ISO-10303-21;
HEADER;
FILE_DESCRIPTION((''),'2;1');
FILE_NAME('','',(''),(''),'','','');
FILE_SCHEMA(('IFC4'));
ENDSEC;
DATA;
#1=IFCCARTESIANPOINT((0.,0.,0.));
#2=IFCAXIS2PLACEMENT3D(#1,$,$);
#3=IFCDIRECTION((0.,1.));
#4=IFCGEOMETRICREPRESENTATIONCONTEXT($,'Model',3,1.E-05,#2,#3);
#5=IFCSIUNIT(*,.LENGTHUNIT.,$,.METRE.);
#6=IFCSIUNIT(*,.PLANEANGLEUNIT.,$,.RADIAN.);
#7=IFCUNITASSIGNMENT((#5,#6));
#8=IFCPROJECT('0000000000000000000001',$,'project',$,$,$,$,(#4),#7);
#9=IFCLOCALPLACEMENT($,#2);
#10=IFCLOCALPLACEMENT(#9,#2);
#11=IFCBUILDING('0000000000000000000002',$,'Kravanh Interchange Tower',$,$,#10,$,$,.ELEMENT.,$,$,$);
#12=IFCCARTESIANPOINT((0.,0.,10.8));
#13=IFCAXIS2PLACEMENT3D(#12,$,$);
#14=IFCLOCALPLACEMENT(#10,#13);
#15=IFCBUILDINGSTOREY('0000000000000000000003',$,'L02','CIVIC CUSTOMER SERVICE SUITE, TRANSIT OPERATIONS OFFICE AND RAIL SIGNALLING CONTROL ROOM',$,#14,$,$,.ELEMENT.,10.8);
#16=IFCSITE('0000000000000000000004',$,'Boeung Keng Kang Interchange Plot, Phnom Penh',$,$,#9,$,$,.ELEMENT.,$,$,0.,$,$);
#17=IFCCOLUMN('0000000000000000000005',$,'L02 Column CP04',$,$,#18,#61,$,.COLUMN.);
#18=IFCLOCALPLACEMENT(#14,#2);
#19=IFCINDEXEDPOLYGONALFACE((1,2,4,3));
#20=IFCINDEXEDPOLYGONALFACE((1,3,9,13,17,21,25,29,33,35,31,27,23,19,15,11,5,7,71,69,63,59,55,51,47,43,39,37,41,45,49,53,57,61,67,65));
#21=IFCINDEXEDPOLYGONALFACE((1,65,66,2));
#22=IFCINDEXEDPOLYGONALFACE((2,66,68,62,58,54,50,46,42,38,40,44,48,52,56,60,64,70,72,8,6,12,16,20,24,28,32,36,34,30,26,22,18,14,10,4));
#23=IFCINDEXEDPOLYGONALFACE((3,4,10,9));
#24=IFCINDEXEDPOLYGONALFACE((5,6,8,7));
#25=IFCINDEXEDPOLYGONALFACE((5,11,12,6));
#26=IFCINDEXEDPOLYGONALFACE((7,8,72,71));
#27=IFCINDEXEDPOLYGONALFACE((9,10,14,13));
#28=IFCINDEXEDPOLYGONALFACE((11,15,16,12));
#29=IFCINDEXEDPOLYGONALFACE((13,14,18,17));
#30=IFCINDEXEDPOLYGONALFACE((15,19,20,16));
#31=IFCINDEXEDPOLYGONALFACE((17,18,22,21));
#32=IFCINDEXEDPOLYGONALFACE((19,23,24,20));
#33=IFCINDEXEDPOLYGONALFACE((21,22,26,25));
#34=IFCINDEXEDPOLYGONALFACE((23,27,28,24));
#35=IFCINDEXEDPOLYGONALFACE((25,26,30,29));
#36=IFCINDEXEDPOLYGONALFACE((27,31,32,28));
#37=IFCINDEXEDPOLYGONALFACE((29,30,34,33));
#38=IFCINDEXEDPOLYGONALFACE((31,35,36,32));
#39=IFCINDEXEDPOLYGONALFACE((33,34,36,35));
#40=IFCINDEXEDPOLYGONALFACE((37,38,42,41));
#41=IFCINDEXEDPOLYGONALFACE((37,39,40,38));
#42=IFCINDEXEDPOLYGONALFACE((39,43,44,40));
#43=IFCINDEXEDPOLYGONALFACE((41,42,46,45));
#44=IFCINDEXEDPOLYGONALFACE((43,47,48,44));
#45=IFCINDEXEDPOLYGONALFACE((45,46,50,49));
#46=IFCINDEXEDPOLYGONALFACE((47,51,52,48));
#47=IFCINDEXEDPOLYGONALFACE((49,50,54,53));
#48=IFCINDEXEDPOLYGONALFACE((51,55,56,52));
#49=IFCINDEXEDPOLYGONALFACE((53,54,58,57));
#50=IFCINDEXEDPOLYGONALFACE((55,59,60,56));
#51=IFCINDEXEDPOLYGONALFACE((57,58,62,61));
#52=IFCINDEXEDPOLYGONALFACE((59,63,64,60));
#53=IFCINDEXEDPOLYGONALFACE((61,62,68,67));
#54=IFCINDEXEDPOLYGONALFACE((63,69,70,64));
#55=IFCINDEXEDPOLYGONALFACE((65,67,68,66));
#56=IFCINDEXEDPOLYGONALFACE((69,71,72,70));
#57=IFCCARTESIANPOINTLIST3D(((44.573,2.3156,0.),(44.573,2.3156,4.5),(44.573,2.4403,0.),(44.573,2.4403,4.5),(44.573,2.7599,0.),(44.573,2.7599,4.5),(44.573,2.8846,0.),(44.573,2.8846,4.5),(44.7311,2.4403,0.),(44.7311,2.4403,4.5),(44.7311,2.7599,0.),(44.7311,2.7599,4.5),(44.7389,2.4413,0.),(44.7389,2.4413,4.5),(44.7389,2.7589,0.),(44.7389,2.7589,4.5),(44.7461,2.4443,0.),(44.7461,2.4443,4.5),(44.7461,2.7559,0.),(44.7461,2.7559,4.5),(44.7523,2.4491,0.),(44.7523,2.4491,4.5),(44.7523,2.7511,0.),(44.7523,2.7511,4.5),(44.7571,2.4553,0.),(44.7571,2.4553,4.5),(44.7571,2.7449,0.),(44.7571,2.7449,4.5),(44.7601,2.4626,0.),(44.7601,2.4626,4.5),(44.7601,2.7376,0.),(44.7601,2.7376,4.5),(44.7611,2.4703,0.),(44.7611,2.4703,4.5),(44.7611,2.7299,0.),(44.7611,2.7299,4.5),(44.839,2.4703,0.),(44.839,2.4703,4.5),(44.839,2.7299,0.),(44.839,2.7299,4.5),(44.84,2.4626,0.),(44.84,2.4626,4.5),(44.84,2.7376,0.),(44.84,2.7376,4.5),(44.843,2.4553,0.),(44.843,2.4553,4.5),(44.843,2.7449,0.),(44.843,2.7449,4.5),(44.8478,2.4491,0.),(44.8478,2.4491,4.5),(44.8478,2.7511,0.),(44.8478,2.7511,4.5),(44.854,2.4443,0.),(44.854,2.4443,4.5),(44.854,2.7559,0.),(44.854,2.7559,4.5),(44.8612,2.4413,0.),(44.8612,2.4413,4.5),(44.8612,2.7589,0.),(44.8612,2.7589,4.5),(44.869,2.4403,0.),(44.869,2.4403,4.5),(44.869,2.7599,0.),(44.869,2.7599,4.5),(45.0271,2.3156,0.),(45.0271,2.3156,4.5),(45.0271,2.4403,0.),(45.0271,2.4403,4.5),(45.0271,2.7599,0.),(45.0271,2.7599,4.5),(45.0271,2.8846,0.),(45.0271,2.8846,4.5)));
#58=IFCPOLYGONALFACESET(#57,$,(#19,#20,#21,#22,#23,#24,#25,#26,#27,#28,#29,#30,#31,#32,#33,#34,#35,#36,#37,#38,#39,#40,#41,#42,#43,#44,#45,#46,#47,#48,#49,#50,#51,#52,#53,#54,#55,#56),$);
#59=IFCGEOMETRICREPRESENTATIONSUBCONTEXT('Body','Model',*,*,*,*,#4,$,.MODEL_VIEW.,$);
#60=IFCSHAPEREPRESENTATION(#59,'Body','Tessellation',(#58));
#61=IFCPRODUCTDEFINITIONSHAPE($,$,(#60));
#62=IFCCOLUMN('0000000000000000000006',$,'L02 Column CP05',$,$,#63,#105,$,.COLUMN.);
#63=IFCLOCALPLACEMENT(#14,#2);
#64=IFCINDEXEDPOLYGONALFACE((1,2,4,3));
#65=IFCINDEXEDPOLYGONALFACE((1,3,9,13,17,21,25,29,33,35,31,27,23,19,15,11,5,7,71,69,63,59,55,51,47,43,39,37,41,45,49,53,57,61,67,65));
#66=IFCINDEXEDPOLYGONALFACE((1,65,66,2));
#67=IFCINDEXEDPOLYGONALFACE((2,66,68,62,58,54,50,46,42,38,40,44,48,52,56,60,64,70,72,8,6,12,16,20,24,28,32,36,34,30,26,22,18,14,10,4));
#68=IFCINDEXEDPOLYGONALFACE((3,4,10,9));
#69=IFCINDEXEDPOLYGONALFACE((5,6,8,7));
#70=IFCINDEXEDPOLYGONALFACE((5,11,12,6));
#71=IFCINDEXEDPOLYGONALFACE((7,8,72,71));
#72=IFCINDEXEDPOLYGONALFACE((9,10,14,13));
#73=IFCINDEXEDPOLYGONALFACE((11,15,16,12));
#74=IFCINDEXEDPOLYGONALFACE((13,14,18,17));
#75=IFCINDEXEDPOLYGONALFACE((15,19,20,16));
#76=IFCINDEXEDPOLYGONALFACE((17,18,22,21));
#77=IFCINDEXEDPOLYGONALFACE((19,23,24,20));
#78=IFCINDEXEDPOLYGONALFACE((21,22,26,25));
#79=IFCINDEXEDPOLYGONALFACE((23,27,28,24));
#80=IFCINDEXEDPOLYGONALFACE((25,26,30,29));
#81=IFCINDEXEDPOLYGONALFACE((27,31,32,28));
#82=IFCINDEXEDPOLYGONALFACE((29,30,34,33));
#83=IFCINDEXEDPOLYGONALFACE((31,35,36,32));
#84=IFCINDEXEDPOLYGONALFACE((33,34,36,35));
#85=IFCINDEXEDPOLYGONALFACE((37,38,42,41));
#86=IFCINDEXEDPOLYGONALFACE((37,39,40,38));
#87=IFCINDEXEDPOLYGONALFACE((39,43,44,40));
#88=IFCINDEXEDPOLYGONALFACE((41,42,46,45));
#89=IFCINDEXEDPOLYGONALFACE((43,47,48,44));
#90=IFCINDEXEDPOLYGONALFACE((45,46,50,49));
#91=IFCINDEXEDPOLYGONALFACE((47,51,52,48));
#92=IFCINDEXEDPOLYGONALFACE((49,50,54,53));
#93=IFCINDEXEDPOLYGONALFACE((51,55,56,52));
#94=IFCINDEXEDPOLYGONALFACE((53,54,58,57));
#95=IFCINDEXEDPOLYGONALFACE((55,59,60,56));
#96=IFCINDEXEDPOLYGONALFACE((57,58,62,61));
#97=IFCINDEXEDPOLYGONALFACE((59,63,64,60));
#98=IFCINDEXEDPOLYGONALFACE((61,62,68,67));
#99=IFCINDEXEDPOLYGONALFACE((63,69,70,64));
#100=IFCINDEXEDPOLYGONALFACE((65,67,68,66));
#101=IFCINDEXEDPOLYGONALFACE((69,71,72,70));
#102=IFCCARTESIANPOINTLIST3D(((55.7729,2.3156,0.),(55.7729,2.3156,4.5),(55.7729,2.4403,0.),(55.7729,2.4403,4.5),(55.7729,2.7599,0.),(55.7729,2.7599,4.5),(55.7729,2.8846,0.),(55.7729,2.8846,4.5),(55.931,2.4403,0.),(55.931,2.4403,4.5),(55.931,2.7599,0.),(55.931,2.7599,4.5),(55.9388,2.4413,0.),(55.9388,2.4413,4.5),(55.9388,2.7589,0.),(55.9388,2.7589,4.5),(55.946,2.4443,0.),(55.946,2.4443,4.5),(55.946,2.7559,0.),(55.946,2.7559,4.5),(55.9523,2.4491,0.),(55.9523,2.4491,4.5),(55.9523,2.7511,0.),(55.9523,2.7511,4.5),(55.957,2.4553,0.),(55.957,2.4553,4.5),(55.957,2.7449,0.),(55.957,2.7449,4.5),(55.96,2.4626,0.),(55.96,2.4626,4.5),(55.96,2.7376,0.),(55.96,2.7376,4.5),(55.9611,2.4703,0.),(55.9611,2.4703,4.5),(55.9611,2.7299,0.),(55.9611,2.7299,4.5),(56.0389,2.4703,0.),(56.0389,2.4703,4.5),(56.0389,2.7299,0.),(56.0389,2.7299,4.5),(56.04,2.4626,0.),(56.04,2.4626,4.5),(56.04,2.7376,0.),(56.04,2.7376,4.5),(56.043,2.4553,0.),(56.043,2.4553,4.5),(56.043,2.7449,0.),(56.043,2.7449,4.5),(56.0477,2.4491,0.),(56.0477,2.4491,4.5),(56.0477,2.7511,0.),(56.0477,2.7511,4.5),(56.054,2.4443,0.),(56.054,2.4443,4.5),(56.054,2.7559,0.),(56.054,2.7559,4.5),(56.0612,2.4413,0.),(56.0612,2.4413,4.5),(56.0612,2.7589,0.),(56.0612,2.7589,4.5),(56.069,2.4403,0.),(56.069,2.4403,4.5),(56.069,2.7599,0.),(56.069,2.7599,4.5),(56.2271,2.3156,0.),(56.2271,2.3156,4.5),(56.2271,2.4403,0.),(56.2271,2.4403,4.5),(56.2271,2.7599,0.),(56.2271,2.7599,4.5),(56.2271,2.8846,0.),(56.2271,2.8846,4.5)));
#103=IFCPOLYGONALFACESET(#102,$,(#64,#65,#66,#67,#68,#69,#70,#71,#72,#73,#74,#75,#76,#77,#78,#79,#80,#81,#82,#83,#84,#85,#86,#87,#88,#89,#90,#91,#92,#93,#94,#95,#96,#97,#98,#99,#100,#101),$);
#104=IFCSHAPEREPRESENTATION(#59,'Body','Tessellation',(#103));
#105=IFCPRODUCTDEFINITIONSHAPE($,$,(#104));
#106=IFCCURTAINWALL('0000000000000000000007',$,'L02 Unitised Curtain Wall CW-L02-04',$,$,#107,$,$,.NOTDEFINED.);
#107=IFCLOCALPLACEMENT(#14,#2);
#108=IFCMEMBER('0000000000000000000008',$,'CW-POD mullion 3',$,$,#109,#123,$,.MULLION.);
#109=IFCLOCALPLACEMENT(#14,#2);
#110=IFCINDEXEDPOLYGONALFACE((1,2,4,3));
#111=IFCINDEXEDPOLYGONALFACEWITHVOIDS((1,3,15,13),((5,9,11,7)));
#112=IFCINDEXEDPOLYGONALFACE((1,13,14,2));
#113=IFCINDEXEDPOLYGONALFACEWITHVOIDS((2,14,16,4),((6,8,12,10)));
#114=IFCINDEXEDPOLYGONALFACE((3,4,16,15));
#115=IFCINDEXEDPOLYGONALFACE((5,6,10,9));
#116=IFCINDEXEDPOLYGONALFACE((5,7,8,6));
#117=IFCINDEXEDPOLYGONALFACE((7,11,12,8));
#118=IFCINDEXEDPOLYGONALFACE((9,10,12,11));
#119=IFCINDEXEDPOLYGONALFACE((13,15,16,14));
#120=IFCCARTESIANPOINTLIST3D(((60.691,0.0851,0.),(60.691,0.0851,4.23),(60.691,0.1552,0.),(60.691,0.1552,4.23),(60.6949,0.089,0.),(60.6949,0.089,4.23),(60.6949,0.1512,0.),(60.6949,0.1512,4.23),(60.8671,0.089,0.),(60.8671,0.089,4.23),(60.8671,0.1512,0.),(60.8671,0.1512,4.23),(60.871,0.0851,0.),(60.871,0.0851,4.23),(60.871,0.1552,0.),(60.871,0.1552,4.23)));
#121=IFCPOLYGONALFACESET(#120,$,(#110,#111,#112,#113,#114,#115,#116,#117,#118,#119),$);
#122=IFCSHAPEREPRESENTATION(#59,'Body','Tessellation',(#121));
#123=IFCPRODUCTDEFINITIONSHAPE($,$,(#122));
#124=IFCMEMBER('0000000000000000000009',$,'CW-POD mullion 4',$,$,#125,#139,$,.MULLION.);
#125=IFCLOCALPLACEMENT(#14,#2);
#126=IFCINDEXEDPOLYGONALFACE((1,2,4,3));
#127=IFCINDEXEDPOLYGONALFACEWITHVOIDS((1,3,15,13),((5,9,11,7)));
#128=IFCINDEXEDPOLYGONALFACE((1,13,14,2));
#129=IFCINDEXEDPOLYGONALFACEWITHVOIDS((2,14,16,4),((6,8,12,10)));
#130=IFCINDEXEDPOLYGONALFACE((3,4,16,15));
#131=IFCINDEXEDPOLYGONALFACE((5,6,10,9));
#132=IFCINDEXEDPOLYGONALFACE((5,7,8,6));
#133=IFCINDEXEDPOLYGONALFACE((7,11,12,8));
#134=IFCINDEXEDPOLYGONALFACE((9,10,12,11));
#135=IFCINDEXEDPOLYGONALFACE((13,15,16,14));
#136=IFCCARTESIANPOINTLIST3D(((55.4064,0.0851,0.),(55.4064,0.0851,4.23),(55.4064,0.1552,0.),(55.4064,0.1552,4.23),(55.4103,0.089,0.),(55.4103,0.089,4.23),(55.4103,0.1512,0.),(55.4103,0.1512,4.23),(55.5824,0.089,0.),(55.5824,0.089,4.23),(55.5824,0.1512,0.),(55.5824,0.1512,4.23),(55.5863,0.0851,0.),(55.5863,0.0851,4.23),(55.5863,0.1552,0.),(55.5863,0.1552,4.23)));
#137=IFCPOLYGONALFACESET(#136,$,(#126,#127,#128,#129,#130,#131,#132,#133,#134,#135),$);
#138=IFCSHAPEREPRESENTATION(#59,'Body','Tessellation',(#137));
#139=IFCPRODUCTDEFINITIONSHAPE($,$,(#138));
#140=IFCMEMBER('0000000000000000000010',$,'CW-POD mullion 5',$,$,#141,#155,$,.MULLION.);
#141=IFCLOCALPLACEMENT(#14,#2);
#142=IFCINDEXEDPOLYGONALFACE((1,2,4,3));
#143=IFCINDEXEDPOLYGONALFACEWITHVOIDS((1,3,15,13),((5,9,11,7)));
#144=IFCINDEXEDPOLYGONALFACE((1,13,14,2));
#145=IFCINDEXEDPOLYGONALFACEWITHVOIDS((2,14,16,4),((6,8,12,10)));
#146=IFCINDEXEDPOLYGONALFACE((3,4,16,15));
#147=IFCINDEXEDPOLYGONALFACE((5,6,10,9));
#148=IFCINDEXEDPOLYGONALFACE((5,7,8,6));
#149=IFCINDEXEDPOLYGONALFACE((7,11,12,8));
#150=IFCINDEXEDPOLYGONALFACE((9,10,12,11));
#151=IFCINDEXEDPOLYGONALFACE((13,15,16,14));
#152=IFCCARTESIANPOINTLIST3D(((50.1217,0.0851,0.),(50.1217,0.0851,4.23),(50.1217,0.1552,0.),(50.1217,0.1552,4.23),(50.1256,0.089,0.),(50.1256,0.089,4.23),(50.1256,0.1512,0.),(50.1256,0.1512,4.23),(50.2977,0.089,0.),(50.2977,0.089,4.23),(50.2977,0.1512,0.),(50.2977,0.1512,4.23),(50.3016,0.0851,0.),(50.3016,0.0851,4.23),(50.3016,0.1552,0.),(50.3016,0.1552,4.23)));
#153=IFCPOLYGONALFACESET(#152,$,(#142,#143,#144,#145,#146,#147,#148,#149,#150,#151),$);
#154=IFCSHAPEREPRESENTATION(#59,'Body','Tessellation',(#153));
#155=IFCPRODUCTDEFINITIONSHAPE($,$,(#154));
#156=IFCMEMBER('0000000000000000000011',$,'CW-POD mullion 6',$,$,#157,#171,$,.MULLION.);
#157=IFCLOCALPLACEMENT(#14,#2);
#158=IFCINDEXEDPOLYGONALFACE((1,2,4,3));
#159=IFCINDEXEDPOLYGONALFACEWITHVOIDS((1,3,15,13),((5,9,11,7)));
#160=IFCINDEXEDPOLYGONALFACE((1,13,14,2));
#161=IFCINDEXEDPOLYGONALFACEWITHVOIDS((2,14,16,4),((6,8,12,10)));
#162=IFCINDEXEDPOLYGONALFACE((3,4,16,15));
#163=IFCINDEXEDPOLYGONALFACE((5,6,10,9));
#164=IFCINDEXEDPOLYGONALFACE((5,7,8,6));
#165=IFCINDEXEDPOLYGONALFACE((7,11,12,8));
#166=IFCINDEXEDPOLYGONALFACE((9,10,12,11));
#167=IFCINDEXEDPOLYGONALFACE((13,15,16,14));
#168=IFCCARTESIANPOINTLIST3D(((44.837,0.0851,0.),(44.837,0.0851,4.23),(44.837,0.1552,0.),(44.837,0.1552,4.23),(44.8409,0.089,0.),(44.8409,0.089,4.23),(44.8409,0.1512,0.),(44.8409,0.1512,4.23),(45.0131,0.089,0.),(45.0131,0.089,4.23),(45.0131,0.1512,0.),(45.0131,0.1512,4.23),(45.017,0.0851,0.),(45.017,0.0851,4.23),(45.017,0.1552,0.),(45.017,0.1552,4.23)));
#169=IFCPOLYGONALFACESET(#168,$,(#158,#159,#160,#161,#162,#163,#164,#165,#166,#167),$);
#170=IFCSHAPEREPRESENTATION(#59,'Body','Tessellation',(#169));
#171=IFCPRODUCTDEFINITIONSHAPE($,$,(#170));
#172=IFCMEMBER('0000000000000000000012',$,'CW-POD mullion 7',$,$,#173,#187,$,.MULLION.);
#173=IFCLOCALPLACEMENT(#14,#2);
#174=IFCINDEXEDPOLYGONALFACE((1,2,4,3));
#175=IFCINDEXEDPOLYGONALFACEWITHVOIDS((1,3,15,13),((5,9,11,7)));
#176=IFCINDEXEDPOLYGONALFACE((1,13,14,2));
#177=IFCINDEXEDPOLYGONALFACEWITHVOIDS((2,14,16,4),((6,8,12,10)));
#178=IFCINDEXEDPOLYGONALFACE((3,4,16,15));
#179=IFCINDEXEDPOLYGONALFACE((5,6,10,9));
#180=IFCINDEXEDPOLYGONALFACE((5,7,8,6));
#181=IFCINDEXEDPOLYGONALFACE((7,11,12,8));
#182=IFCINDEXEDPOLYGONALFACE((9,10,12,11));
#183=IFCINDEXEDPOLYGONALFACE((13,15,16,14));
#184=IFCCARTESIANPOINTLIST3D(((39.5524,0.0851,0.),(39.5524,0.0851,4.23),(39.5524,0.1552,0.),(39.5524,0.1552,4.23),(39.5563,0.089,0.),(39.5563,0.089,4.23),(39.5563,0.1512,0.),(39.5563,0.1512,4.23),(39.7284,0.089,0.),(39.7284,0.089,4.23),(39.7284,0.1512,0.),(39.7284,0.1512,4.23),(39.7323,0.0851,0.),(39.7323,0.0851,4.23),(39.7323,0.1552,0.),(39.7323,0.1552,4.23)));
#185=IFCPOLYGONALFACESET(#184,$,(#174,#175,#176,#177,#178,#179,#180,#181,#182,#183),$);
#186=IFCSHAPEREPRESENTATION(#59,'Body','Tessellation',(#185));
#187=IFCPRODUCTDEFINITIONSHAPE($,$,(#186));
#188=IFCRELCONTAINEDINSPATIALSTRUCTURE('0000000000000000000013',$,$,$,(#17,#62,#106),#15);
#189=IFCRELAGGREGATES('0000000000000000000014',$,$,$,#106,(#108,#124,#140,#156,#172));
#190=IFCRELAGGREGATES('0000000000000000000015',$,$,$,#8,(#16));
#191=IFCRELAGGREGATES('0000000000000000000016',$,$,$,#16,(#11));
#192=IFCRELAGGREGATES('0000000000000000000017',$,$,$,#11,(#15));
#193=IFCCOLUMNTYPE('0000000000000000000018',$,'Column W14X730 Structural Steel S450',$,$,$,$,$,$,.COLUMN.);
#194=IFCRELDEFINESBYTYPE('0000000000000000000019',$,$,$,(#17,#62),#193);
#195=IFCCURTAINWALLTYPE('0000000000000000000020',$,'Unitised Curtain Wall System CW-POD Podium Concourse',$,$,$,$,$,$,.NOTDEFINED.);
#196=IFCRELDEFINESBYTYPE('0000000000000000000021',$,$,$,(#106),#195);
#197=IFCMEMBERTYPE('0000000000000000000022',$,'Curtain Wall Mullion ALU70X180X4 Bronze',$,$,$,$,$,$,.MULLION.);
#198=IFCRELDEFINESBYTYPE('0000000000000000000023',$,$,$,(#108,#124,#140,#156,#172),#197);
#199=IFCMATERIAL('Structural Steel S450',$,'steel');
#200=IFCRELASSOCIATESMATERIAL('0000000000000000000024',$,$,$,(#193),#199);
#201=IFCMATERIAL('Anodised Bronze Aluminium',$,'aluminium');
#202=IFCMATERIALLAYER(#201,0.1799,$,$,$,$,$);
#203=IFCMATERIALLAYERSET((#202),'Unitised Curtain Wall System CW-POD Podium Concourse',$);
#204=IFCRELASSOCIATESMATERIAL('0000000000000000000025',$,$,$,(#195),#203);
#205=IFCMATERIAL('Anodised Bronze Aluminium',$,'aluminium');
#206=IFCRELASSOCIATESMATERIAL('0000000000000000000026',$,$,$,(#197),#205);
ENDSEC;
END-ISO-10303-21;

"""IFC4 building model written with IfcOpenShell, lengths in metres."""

from ifc_helpers import new_model, si_unit, direction, frame, origin, origin_2d, place, context, subcontext, project, spatial, hollow_rectangle, i_section, extrude, material, layer, layer_set, material_profile, profile_set, type_object, element, aggregate, save


model = new_model("IFC4")

# Units and contexts
model_context = context("Model", 3, precision=1e-05, world=origin(), true_north=direction((0.0, 1.0)))
body_context = subcontext(model_context, "Body", "Model", "MODEL_VIEW")
ifc_project = project(units=[si_unit("LENGTHUNIT", "METRE"), si_unit("PLANEANGLEUNIT", "RADIAN")], contexts=[model_context])

# Site, building, storey
site_placement = place(None, origin())
site = spatial("IfcSite", under=ifc_project, at=site_placement, Name="Boeung Keng Kang Interchange Plot, Phnom Penh", CompositionType="ELEMENT", RefElevation=0.0)
building_placement = place(site_placement, origin())
building = spatial("IfcBuilding", under=site, at=building_placement, Name="Kravanh Interchange Tower", CompositionType="ELEMENT")
storey_placement = place(building_placement, frame((0.0, 0.0, 10.8)))
storey = spatial("IfcBuildingStorey", under=building, at=storey_placement, Name="L02", Description="CIVIC CUSTOMER SERVICE SUITE, TRANSIT OPERATIONS OFFICE AND RAIL SIGNALLING CONTROL ROOM", CompositionType="ELEMENT", Elevation=10.8)

# Columns
ifc_material_1 = material(Name="Structural Steel S450", Category="steel")
ifc_material_profile_1 = material_profile(ifc_material_1, i_section(OverallWidth=0.4541, OverallDepth=0.5691, WebThickness=0.0779, FlangeThickness=0.1248, FilletRadius=0.03, at=origin_2d()), Name="W14X730")
ifc_profile_set_1 = profile_set([ifc_material_profile_1], Name="Structural Steel S450")
column_type = type_object("IfcColumnType", Name="Column W14X730 Structural Steel S450", PredefinedType="COLUMN", material=ifc_profile_set_1)
for number, where, z_axis, x_axis, name in (
    (1, (44.8, 2.6001, 0.0), (0.0, 0.0, 1.0), (1.0, 0.0, 0.0), "L02 Column CP04"),
    (2, (56.0, 2.6001, 0.0), (0.0, 0.0, 1.0), (1.0, 0.0, 0.0), "L02 Column CP05"),
):
    element("IfcColumn", number, at=place(storey_placement, frame(where, z_axis=z_axis, x_axis=x_axis)), inside=storey, type_object=column_type, Name=name, PredefinedType="COLUMN", context=body_context, shape_type="SweptSolid", body=[
        extrude(i_section(OverallWidth=0.4541, OverallDepth=0.5691, WebThickness=0.0779, FlangeThickness=0.1248, FilletRadius=0.03, at=origin_2d()), origin(), (0.0, 0.0, 1.0), 4.5),
    ])

# Curtain wall, members
ifc_material_2 = material(Name="Anodised Bronze Aluminium", Category="aluminium")
ifc_layer_1 = layer(ifc_material_2, 0.1799)
ifc_layer_set_1 = layer_set([ifc_layer_1], Name="Unitised Curtain Wall System CW-POD Podium Concourse")
curtain_wall_type = type_object("IfcCurtainWallType", Name="Unitised Curtain Wall System CW-POD Podium Concourse", PredefinedType="NOTDEFINED", material=ifc_layer_set_1)
curtain_wall_placement = place(storey_placement, origin())
curtain_wall = element("IfcCurtainWall", 3, at=curtain_wall_placement, inside=storey, type_object=curtain_wall_type, Name="L02 Unitised Curtain Wall CW-L02-04", PredefinedType="NOTDEFINED")
ifc_material_3 = material(Name="Anodised Bronze Aluminium", Category="aluminium")
ifc_material_profile_2 = material_profile(ifc_material_3, hollow_rectangle(XDim=0.0701, YDim=0.1799, WallThickness=0.0039, at=origin_2d()), Name="ALU70X180X4")
ifc_profile_set_2 = profile_set([ifc_material_profile_2], Name="Anodised Bronze Aluminium")
member_type_1 = type_object("IfcMemberType", Name="Curtain Wall Mullion ALU70X180X4 Bronze", PredefinedType="MULLION", material=ifc_profile_set_2)
member_1_placement = place(storey_placement, frame((60.781, 0.1201, 0.0), z_axis=(0.0, 0.0, 1.0), x_axis=(0.0, -1.0, 0.0)))
member_1 = element("IfcMember", 4, at=member_1_placement, type_object=member_type_1, Name="CW-POD mullion 3", PredefinedType="MULLION", context=body_context, shape_type="SweptSolid", body=[
    extrude(hollow_rectangle(XDim=0.0701, YDim=0.1799, WallThickness=0.0039, at=origin_2d()), origin(), (0.0, 0.0, 1.0), 4.23),
])
member_2_placement = place(storey_placement, frame((55.4963, 0.1201, 0.0), z_axis=(0.0, 0.0, 1.0), x_axis=(0.0, -1.0, 0.0)))
member_2 = element("IfcMember", 5, at=member_2_placement, type_object=member_type_1, Name="CW-POD mullion 4", PredefinedType="MULLION", context=body_context, shape_type="SweptSolid", body=[
    extrude(hollow_rectangle(XDim=0.0701, YDim=0.1799, WallThickness=0.0039, at=origin_2d()), origin(), (0.0, 0.0, 1.0), 4.23),
])
member_3_placement = place(storey_placement, frame((50.2117, 0.1201, 0.0), z_axis=(0.0, 0.0, 1.0), x_axis=(0.0, -1.0, 0.0)))
member_3 = element("IfcMember", 6, at=member_3_placement, type_object=member_type_1, Name="CW-POD mullion 5", PredefinedType="MULLION", context=body_context, shape_type="SweptSolid", body=[
    extrude(hollow_rectangle(XDim=0.0701, YDim=0.1799, WallThickness=0.0039, at=origin_2d()), origin(), (0.0, 0.0, 1.0), 4.23),
])
member_4_placement = place(storey_placement, frame((44.927, 0.1201, 0.0), z_axis=(0.0, 0.0, 1.0), x_axis=(0.0, -1.0, 0.0)))
member_4 = element("IfcMember", 7, at=member_4_placement, type_object=member_type_1, Name="CW-POD mullion 6", PredefinedType="MULLION", context=body_context, shape_type="SweptSolid", body=[
    extrude(hollow_rectangle(XDim=0.0701, YDim=0.1799, WallThickness=0.0039, at=origin_2d()), origin(), (0.0, 0.0, 1.0), 4.23),
])
member_5_placement = place(storey_placement, frame((39.6423, 0.1201, 0.0), z_axis=(0.0, 0.0, 1.0), x_axis=(0.0, -1.0, 0.0)))
member_5 = element("IfcMember", 8, at=member_5_placement, type_object=member_type_1, Name="CW-POD mullion 7", PredefinedType="MULLION", context=body_context, shape_type="SweptSolid", body=[
    extrude(hollow_rectangle(XDim=0.0701, YDim=0.1799, WallThickness=0.0039, at=origin_2d()), origin(), (0.0, 0.0, 1.0), 4.23),
])

aggregate(curtain_wall, [member_1, member_2, member_3, member_4, member_5])

save(model, "model.ifc")
